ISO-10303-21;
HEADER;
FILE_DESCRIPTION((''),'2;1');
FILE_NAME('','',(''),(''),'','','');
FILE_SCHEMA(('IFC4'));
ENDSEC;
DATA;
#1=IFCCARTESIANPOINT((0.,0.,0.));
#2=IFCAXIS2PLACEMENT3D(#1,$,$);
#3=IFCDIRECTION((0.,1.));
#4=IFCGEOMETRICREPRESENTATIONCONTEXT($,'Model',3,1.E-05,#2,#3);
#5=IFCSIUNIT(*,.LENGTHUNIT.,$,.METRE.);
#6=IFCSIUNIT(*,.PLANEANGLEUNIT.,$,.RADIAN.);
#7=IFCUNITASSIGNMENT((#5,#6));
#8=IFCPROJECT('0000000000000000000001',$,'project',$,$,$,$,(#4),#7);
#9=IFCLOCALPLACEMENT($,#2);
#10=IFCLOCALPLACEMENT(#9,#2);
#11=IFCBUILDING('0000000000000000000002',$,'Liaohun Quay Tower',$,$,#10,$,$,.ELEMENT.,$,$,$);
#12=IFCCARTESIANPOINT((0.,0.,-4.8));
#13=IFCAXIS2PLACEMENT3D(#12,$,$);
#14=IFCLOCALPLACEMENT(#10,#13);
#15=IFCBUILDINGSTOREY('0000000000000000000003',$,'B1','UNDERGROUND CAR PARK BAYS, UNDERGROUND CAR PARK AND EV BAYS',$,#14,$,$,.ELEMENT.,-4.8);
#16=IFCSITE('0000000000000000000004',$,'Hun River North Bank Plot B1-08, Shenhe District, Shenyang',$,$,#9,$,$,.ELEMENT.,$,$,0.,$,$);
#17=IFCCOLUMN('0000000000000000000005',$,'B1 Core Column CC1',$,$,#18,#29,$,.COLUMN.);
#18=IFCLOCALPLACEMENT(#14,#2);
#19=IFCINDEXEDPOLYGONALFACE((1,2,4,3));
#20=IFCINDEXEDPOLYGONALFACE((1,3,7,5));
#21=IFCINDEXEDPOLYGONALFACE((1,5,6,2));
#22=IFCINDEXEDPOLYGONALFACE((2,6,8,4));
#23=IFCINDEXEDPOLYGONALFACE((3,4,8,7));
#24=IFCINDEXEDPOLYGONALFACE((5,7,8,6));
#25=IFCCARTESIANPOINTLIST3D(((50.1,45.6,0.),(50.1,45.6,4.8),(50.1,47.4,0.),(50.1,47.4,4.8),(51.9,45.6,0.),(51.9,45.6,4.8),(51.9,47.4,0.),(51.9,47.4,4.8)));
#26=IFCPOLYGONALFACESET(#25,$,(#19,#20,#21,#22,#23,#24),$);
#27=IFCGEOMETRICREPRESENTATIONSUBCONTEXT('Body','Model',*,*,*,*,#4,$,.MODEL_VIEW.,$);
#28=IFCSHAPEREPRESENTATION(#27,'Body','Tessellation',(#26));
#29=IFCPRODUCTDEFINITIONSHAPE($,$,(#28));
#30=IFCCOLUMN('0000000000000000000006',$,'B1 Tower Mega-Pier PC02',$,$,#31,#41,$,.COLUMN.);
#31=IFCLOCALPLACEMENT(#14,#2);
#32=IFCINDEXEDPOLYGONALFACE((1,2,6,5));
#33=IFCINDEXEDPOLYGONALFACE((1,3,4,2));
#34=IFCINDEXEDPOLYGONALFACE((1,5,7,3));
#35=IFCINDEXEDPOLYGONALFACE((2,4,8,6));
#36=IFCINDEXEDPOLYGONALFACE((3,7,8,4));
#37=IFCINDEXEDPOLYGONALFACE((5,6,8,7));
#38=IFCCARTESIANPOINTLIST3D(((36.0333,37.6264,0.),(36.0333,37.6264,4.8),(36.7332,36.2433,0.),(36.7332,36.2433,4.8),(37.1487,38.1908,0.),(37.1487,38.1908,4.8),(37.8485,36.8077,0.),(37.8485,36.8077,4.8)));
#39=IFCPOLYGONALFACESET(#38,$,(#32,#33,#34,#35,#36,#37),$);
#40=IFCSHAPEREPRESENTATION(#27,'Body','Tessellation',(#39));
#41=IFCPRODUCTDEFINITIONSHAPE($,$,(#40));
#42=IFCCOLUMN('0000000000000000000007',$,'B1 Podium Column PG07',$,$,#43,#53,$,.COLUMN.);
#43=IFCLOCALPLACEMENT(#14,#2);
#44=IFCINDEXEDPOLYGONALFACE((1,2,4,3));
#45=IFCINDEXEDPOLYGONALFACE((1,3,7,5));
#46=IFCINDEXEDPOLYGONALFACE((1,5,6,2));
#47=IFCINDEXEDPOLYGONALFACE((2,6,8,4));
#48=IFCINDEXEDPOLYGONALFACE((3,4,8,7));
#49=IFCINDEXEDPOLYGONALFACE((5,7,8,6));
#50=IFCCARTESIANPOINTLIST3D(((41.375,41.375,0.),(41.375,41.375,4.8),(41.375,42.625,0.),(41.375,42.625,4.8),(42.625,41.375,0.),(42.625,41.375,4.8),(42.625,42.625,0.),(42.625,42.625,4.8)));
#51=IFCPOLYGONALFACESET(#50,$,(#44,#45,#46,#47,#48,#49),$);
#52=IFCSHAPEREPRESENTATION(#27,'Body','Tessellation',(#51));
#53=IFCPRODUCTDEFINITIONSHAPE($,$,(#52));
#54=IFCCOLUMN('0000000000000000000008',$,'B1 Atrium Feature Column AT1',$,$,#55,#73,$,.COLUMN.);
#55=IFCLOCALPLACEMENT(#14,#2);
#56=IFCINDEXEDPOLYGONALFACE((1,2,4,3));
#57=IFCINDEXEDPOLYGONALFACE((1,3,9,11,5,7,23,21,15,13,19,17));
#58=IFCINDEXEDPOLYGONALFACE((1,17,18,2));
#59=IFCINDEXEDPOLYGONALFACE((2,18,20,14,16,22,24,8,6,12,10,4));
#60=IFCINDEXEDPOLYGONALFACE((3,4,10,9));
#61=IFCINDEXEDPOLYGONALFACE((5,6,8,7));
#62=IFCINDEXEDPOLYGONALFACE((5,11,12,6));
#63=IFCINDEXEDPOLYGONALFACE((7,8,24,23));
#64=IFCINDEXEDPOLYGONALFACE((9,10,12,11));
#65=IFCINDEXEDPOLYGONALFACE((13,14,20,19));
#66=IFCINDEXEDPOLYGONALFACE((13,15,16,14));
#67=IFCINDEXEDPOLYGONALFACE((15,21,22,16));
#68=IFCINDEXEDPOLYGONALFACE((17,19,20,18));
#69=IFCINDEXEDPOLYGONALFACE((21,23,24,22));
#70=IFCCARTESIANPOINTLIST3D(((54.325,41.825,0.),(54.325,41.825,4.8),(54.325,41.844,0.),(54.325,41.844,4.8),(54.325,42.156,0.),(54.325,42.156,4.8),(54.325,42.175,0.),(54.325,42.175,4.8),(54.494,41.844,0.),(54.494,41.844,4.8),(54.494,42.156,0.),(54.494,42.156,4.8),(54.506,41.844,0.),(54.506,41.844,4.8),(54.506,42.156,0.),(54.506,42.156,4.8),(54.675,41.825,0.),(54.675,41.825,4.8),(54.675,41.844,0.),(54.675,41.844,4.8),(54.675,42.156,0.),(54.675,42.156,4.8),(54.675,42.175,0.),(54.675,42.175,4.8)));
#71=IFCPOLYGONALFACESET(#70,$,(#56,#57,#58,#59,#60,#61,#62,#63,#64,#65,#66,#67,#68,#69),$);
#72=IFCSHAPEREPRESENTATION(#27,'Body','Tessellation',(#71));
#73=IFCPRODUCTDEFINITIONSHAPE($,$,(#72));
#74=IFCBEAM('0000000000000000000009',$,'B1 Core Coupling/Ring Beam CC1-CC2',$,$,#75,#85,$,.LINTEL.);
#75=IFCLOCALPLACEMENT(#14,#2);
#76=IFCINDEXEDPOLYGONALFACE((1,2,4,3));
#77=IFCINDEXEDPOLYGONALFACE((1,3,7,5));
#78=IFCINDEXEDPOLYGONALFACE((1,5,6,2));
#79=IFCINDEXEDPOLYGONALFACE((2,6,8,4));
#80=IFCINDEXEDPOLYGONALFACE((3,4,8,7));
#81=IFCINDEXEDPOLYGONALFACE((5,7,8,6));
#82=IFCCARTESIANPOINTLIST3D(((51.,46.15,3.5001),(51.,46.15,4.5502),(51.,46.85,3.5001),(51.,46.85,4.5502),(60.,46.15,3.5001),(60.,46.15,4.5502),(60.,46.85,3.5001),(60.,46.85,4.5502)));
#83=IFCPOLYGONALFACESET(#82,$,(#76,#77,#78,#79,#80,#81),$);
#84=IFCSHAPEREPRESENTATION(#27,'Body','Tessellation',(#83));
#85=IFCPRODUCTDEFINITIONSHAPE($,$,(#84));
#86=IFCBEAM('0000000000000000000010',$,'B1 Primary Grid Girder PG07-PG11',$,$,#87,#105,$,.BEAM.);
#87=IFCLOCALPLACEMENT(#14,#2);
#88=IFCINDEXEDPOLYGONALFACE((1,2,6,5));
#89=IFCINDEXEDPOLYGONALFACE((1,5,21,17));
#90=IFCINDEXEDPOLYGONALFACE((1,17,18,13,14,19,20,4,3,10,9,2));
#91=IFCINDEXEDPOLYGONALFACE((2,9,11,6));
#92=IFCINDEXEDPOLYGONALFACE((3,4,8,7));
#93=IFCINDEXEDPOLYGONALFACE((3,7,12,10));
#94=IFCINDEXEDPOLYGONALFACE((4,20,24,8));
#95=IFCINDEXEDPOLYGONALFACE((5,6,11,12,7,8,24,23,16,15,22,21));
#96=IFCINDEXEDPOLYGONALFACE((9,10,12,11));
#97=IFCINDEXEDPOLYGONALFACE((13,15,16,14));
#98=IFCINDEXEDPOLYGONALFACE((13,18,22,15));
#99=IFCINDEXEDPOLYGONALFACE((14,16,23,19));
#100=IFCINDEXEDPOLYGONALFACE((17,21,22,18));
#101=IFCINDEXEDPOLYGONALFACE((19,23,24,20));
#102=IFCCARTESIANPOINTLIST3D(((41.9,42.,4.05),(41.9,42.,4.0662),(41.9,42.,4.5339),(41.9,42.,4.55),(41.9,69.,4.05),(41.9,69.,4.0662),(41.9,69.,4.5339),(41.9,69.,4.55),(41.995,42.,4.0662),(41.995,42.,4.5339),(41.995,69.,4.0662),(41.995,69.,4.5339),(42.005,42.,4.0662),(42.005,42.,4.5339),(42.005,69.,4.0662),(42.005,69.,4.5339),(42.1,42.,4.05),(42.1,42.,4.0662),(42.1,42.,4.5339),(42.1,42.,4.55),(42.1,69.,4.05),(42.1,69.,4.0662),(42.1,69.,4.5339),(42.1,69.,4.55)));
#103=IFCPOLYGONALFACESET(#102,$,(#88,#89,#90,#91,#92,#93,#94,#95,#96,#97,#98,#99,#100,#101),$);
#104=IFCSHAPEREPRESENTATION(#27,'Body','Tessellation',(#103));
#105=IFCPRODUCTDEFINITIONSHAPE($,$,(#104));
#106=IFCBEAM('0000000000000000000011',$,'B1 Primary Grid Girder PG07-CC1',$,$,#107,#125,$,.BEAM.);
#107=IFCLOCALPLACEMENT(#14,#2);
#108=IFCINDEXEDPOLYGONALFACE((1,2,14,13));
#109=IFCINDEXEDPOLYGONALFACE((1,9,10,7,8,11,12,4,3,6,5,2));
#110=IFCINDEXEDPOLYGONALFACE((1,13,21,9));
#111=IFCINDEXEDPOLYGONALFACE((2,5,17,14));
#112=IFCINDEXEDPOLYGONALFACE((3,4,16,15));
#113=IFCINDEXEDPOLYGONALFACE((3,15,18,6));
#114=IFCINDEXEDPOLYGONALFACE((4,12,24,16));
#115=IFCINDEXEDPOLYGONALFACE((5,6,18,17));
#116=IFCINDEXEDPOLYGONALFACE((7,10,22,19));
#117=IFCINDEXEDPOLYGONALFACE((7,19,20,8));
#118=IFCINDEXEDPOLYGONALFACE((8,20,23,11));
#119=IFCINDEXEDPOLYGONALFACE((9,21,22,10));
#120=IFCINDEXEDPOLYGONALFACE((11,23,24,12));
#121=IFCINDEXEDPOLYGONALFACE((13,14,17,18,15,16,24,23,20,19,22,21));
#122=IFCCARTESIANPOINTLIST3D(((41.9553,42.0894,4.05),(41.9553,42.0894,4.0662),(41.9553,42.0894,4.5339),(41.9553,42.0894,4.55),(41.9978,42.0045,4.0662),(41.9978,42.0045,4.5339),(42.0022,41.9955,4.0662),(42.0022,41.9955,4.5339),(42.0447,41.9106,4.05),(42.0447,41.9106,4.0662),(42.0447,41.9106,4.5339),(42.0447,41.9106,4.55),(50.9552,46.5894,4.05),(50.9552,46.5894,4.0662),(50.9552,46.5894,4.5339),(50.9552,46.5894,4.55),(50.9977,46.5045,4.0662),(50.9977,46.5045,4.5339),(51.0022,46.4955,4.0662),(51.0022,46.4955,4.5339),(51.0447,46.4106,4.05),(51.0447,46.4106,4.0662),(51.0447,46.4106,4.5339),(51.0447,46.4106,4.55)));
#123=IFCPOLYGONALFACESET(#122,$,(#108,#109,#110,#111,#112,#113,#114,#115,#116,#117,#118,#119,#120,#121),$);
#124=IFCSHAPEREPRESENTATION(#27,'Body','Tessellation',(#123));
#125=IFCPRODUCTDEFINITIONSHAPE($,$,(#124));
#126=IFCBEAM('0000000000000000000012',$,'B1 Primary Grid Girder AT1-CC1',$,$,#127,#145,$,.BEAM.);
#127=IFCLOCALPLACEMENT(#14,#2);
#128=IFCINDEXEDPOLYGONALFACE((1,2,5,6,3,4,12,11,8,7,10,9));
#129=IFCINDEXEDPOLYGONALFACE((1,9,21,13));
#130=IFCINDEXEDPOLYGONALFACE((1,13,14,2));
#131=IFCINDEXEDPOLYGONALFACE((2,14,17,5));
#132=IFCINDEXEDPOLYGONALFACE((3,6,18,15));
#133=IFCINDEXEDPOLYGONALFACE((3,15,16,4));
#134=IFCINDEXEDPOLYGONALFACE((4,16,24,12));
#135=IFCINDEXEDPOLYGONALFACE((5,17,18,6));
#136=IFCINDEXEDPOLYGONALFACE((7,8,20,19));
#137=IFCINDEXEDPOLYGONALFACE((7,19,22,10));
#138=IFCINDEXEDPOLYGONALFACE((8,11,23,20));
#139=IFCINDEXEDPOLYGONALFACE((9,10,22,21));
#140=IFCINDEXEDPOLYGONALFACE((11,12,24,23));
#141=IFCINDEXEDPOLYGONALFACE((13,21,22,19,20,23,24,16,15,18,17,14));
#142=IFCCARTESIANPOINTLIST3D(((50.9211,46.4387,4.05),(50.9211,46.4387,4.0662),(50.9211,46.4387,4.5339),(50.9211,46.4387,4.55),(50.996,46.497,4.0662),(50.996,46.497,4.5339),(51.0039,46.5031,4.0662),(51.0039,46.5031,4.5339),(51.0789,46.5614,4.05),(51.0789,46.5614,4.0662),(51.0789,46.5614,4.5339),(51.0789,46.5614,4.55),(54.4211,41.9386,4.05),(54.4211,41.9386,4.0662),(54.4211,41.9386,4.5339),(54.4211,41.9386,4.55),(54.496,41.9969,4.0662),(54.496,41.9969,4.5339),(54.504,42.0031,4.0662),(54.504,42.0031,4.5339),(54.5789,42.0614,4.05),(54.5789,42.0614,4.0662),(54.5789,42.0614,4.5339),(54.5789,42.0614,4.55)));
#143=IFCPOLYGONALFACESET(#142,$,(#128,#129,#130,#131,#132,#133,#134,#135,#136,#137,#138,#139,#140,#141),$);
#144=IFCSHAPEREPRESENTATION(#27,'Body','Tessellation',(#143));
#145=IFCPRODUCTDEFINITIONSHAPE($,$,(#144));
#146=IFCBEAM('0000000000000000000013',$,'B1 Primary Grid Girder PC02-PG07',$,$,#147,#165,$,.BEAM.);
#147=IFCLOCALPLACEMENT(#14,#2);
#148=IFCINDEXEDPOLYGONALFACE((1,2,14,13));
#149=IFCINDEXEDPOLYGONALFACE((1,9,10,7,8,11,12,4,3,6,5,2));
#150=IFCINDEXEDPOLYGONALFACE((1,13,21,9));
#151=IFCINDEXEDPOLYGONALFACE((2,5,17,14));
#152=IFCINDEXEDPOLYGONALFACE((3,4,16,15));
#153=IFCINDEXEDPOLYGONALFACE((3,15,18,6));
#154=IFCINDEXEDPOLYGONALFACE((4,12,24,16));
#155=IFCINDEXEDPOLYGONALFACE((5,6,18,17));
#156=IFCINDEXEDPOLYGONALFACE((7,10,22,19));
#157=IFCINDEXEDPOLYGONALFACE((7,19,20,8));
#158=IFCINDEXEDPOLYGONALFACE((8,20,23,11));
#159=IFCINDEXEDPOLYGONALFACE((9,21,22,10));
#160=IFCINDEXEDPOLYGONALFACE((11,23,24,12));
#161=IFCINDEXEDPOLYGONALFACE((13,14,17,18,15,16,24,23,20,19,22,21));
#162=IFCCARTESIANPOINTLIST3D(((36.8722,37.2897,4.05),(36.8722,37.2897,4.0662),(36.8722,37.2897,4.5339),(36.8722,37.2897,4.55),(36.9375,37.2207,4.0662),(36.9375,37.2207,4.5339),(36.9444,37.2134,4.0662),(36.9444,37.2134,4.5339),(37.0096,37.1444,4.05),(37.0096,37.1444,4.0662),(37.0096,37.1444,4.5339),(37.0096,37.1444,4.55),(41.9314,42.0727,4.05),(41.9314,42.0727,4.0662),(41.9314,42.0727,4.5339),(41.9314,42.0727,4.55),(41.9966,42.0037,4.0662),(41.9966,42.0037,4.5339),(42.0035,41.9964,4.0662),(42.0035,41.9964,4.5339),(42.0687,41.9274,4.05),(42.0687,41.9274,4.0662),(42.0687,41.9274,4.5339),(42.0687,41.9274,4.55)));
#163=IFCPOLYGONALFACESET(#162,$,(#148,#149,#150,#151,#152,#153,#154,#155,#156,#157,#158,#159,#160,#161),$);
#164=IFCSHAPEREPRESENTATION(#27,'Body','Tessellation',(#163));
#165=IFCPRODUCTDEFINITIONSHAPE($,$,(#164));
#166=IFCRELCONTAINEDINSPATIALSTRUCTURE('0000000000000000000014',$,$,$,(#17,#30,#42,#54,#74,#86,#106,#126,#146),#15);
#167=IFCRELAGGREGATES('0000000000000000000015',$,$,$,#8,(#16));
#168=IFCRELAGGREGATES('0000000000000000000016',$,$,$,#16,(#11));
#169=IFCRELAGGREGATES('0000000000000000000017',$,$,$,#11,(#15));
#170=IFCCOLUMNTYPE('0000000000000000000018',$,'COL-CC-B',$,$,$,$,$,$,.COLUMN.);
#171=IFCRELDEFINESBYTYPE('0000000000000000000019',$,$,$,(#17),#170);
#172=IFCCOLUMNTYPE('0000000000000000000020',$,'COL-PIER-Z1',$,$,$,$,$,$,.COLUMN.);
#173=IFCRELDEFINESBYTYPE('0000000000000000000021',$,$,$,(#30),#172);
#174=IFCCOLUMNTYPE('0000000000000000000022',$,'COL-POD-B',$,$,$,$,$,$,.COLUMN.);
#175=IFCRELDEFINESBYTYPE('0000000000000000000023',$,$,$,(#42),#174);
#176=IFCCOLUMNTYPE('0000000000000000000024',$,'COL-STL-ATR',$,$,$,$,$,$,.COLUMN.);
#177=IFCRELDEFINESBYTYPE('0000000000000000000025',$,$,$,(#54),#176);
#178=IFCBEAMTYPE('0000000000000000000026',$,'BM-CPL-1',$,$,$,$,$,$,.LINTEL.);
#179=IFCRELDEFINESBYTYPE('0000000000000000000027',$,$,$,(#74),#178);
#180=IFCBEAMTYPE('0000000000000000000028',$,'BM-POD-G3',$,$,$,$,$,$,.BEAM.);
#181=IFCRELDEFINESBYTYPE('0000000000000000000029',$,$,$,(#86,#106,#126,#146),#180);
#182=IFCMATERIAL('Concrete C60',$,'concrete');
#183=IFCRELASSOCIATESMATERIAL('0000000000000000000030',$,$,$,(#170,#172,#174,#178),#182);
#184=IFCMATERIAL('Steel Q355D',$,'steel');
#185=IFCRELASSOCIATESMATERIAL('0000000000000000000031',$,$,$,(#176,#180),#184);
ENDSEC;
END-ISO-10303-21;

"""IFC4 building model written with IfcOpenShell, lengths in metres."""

from ifc_helpers import new_model, si_unit, direction, frame, origin, origin_2d, place, context, subcontext, project, spatial, rectangle, i_section, extrude, source, transform, mapped, material, material_profile, profile_set, type_object, element, save


model = new_model("IFC4")

# Units and contexts
model_context = context("Model", 3, precision=1e-05, world=origin(), true_north=direction((0.0, 1.0)))
body_context = subcontext(model_context, "Body", "Model", "MODEL_VIEW")
ifc_project = project(units=[si_unit("LENGTHUNIT", "METRE"), si_unit("PLANEANGLEUNIT", "RADIAN")], contexts=[model_context])

# Site, building, storey
site_placement = place(None, origin())
site = spatial("IfcSite", under=ifc_project, at=site_placement, Name="Hun River North Bank Plot B1-08, Shenhe District, Shenyang", CompositionType="ELEMENT", RefElevation=0.0)
building_placement = place(site_placement, origin())
building = spatial("IfcBuilding", under=site, at=building_placement, Name="Liaohun Quay Tower", CompositionType="ELEMENT")
storey_placement = place(building_placement, frame((0.0, 0.0, -4.8)))
storey = spatial("IfcBuildingStorey", under=building, at=storey_placement, Name="B1", Description="UNDERGROUND CAR PARK BAYS, UNDERGROUND CAR PARK AND EV BAYS", CompositionType="ELEMENT", Elevation=-4.8)

# Columns
ifc_material_1 = material(Name="Concrete C60", Category="concrete")
ifc_material_profile_1 = material_profile(ifc_material_1, rectangle(XDim=1.8, YDim=1.8, at=origin_2d()), Name="RC1800x1800")
ifc_profile_set_1 = profile_set([ifc_material_profile_1], Name="Concrete C60")
column_type_1 = type_object("IfcColumnType", Name="COL-CC-B", PredefinedType="COLUMN", material=ifc_profile_set_1)
shared_shape_1 = source(origin(), body_context, "Body", "SweptSolid", [
    extrude(rectangle(XDim=1.8, YDim=1.8, at=origin_2d()), origin(), (0.0, 0.0, 1.0), 4.8),
])
column_1_placement = place(storey_placement, frame((51.0, 46.5, 0.0), z_axis=(0.0, 0.0, 1.0), x_axis=(1.0, 0.0, 0.0)))
element("IfcColumn", 1, at=column_1_placement, inside=storey, type_object=column_type_1, Name="B1 Core Column CC1", PredefinedType="COLUMN", context=body_context, shape_type="MappedRepresentation", body=[
    mapped(shared_shape_1, transform((0.0, 0.0, 0.0), x_axis=(1.0, 0.0, 0.0), y_axis=(0.0, 1.0, 0.0), z_axis=(0.0, 0.0, 1.0), scale=1.0)),
])
ifc_material_profile_2 = material_profile(ifc_material_1, rectangle(XDim=1.55, YDim=1.25, at=origin_2d()), Name="RC1550x1250")
ifc_profile_set_2 = profile_set([ifc_material_profile_2], Name="Concrete C60")
column_type_2 = type_object("IfcColumnType", Name="COL-PIER-Z1", PredefinedType="COLUMN", material=ifc_profile_set_2)
shared_shape_2 = source(origin(), body_context, "Body", "SweptSolid", [
    extrude(rectangle(XDim=1.55, YDim=1.25, at=origin_2d()), origin(), (0.0, 0.0, 1.0), 4.8),
])
column_2_placement = place(storey_placement, frame((36.9409, 37.217, 0.0), z_axis=(0.0, 0.0, 1.0), x_axis=(-0.451501, 0.892271, 0.0)))
element("IfcColumn", 2, at=column_2_placement, inside=storey, type_object=column_type_2, Name="B1 Tower Mega-Pier PC02", PredefinedType="COLUMN", context=body_context, shape_type="MappedRepresentation", body=[
    mapped(shared_shape_2, transform((0.0, 0.0, 0.0), x_axis=(1.0, 0.0, 0.0), y_axis=(0.0, 1.0, 0.0), z_axis=(0.0, 0.0, 1.0), scale=1.0)),
])
ifc_material_profile_3 = material_profile(ifc_material_1, rectangle(XDim=1.25, YDim=1.25, at=origin_2d()), Name="RC1250x1250")
ifc_profile_set_3 = profile_set([ifc_material_profile_3], Name="Concrete C60")
column_type_3 = type_object("IfcColumnType", Name="COL-POD-B", PredefinedType="COLUMN", material=ifc_profile_set_3)
shared_shape_3 = source(origin(), body_context, "Body", "SweptSolid", [
    extrude(rectangle(XDim=1.25, YDim=1.25, at=origin_2d()), origin(), (0.0, 0.0, 1.0), 4.8),
])
column_3_placement = place(storey_placement, frame((42.0, 42.0, 0.0), z_axis=(0.0, 0.0, 1.0), x_axis=(1.0, 0.0, 0.0)))
element("IfcColumn", 3, at=column_3_placement, inside=storey, type_object=column_type_3, Name="B1 Podium Column PG07", PredefinedType="COLUMN", context=body_context, shape_type="MappedRepresentation", body=[
    mapped(shared_shape_3, transform((0.0, 0.0, 0.0), x_axis=(1.0, 0.0, 0.0), y_axis=(0.0, 1.0, 0.0), z_axis=(0.0, 0.0, 1.0), scale=1.0)),
])
ifc_material_2 = material(Name="Steel Q355D", Category="steel")
ifc_material_profile_4 = material_profile(ifc_material_2, i_section(OverallWidth=0.3501, OverallDepth=0.3501, WebThickness=0.012, FlangeThickness=0.019, at=origin_2d()), Name="HW350x350x12x19")
ifc_profile_set_4 = profile_set([ifc_material_profile_4], Name="Steel Q355D")
column_type_4 = type_object("IfcColumnType", Name="COL-STL-ATR", PredefinedType="COLUMN", material=ifc_profile_set_4)
shared_shape_4 = source(origin(), body_context, "Body", "SweptSolid", [
    extrude(i_section(OverallWidth=0.3501, OverallDepth=0.3501, WebThickness=0.012, FlangeThickness=0.019, at=origin_2d()), origin(), (0.0, 0.0, 1.0), 4.8),
])
column_4_placement = place(storey_placement, frame((54.5, 42.0, 0.0), z_axis=(0.0, 0.0, 1.0), x_axis=(1.0, 0.0, 0.0)))
element("IfcColumn", 4, at=column_4_placement, inside=storey, type_object=column_type_4, Name="B1 Atrium Feature Column AT1", PredefinedType="COLUMN", context=body_context, shape_type="MappedRepresentation", body=[
    mapped(shared_shape_4, transform((0.0, 0.0, 0.0), x_axis=(1.0, 0.0, 0.0), y_axis=(0.0, 1.0, 0.0), z_axis=(0.0, 0.0, 1.0), scale=1.0)),
])

# Beams
ifc_material_profile_5 = material_profile(ifc_material_1, rectangle(XDim=0.7, YDim=1.05, at=origin_2d()), Name="RC700x1050")
ifc_profile_set_5 = profile_set([ifc_material_profile_5], Name="Concrete C60")
beam_type_1 = type_object("IfcBeamType", Name="BM-CPL-1", PredefinedType="LINTEL", material=ifc_profile_set_5)
shared_shape_5 = source(origin(), body_context, "Body", "SweptSolid", [
    extrude(rectangle(XDim=0.7, YDim=1.05, at=origin_2d()), origin(), (0.0, 0.0, 1.0), 9.0),
])
beam_1_placement = place(storey_placement, frame((51.0, 46.5, 4.0251), z_axis=(1.0, 0.0, 0.0), x_axis=(0.0, 1.0, 0.0)))
element("IfcBeam", 5, at=beam_1_placement, inside=storey, type_object=beam_type_1, Name="B1 Core Coupling/Ring Beam CC1-CC2", PredefinedType="LINTEL", context=body_context, shape_type="MappedRepresentation", body=[
    mapped(shared_shape_5, transform((0.0, 0.0, 0.0), x_axis=(1.0, 0.0, 0.0), y_axis=(0.0, 1.0, 0.0), z_axis=(0.0, 0.0, 1.0), scale=1.0)),
])
ifc_material_profile_6 = material_profile(ifc_material_2, i_section(OverallWidth=0.2, OverallDepth=0.5, WebThickness=0.01, FlangeThickness=0.0161, at=origin_2d()), Name="HN500x200x10x16")
ifc_profile_set_6 = profile_set([ifc_material_profile_6], Name="Steel Q355D")
beam_type_2 = type_object("IfcBeamType", Name="BM-POD-G3", PredefinedType="BEAM", material=ifc_profile_set_6)
shared_shape_6 = source(origin(), body_context, "Body", "SweptSolid", [
    extrude(i_section(OverallWidth=0.2, OverallDepth=0.5, WebThickness=0.01, FlangeThickness=0.0161, at=origin_2d()), origin(), (0.0, 0.0, 1.0), 27.0),
])
beam_2_placement = place(storey_placement, frame((42.0, 42.0, 4.3), z_axis=(0.0, 1.0, 0.0), x_axis=(-1.0, 0.0, 0.0)))
element("IfcBeam", 6, at=beam_2_placement, inside=storey, type_object=beam_type_2, Name="B1 Primary Grid Girder PG07-PG11", PredefinedType="BEAM", context=body_context, shape_type="MappedRepresentation", body=[
    mapped(shared_shape_6, transform((0.0, 0.0, 0.0), x_axis=(1.0, 0.0, 0.0), y_axis=(0.0, 1.0, 0.0), z_axis=(0.0, 0.0, 1.0), scale=1.0)),
])
shared_shape_7 = source(origin(), body_context, "Body", "SweptSolid", [
    extrude(i_section(OverallWidth=0.2, OverallDepth=0.5, WebThickness=0.01, FlangeThickness=0.0161, at=origin_2d()), origin(), (0.0, 0.0, 1.0), 10.0623),
])
beam_3_placement = place(storey_placement, frame((42.0, 42.0, 4.3), z_axis=(0.894427, 0.447214, 0.0), x_axis=(-0.447214, 0.894427, 0.0)))
element("IfcBeam", 7, at=beam_3_placement, inside=storey, type_object=beam_type_2, Name="B1 Primary Grid Girder PG07-CC1", PredefinedType="BEAM", context=body_context, shape_type="MappedRepresentation", body=[
    mapped(shared_shape_7, transform((0.0, 0.0, 0.0), x_axis=(1.0, 0.0, 0.0), y_axis=(0.0, 1.0, 0.0), z_axis=(0.0, 0.0, 1.0), scale=1.0)),
])
shared_shape_8 = source(origin(), body_context, "Body", "SweptSolid", [
    extrude(i_section(OverallWidth=0.2, OverallDepth=0.5, WebThickness=0.01, FlangeThickness=0.0161, at=origin_2d()), origin(), (0.0, 0.0, 1.0), 5.7009),
])
beam_4_placement = place(storey_placement, frame((54.5, 42.0, 4.3), z_axis=(-0.613941, 0.789352, 0.0), x_axis=(-0.789352, -0.613941, 0.0)))
element("IfcBeam", 8, at=beam_4_placement, inside=storey, type_object=beam_type_2, Name="B1 Primary Grid Girder AT1-CC1", PredefinedType="BEAM", context=body_context, shape_type="MappedRepresentation", body=[
    mapped(shared_shape_8, transform((0.0, 0.0, 0.0), x_axis=(1.0, 0.0, 0.0), y_axis=(0.0, 1.0, 0.0), z_axis=(0.0, 0.0, 1.0), scale=1.0)),
])
shared_shape_9 = source(origin(), body_context, "Body", "SweptSolid", [
    extrude(i_section(OverallWidth=0.2, OverallDepth=0.5, WebThickness=0.01, FlangeThickness=0.0161, at=origin_2d()), origin(), (0.0, 0.0, 1.0), 6.9622),
])
beam_5_placement = place(storey_placement, frame((36.9409, 37.217, 4.3), z_axis=(0.726659, 0.686998, 0.0), x_axis=(-0.686998, 0.726659, 0.0)))
element("IfcBeam", 9, at=beam_5_placement, inside=storey, type_object=beam_type_2, Name="B1 Primary Grid Girder PC02-PG07", PredefinedType="BEAM", context=body_context, shape_type="MappedRepresentation", body=[
    mapped(shared_shape_9, transform((0.0, 0.0, 0.0), x_axis=(1.0, 0.0, 0.0), y_axis=(0.0, 1.0, 0.0), z_axis=(0.0, 0.0, 1.0), scale=1.0)),
])

save(model, "model.ifc")
